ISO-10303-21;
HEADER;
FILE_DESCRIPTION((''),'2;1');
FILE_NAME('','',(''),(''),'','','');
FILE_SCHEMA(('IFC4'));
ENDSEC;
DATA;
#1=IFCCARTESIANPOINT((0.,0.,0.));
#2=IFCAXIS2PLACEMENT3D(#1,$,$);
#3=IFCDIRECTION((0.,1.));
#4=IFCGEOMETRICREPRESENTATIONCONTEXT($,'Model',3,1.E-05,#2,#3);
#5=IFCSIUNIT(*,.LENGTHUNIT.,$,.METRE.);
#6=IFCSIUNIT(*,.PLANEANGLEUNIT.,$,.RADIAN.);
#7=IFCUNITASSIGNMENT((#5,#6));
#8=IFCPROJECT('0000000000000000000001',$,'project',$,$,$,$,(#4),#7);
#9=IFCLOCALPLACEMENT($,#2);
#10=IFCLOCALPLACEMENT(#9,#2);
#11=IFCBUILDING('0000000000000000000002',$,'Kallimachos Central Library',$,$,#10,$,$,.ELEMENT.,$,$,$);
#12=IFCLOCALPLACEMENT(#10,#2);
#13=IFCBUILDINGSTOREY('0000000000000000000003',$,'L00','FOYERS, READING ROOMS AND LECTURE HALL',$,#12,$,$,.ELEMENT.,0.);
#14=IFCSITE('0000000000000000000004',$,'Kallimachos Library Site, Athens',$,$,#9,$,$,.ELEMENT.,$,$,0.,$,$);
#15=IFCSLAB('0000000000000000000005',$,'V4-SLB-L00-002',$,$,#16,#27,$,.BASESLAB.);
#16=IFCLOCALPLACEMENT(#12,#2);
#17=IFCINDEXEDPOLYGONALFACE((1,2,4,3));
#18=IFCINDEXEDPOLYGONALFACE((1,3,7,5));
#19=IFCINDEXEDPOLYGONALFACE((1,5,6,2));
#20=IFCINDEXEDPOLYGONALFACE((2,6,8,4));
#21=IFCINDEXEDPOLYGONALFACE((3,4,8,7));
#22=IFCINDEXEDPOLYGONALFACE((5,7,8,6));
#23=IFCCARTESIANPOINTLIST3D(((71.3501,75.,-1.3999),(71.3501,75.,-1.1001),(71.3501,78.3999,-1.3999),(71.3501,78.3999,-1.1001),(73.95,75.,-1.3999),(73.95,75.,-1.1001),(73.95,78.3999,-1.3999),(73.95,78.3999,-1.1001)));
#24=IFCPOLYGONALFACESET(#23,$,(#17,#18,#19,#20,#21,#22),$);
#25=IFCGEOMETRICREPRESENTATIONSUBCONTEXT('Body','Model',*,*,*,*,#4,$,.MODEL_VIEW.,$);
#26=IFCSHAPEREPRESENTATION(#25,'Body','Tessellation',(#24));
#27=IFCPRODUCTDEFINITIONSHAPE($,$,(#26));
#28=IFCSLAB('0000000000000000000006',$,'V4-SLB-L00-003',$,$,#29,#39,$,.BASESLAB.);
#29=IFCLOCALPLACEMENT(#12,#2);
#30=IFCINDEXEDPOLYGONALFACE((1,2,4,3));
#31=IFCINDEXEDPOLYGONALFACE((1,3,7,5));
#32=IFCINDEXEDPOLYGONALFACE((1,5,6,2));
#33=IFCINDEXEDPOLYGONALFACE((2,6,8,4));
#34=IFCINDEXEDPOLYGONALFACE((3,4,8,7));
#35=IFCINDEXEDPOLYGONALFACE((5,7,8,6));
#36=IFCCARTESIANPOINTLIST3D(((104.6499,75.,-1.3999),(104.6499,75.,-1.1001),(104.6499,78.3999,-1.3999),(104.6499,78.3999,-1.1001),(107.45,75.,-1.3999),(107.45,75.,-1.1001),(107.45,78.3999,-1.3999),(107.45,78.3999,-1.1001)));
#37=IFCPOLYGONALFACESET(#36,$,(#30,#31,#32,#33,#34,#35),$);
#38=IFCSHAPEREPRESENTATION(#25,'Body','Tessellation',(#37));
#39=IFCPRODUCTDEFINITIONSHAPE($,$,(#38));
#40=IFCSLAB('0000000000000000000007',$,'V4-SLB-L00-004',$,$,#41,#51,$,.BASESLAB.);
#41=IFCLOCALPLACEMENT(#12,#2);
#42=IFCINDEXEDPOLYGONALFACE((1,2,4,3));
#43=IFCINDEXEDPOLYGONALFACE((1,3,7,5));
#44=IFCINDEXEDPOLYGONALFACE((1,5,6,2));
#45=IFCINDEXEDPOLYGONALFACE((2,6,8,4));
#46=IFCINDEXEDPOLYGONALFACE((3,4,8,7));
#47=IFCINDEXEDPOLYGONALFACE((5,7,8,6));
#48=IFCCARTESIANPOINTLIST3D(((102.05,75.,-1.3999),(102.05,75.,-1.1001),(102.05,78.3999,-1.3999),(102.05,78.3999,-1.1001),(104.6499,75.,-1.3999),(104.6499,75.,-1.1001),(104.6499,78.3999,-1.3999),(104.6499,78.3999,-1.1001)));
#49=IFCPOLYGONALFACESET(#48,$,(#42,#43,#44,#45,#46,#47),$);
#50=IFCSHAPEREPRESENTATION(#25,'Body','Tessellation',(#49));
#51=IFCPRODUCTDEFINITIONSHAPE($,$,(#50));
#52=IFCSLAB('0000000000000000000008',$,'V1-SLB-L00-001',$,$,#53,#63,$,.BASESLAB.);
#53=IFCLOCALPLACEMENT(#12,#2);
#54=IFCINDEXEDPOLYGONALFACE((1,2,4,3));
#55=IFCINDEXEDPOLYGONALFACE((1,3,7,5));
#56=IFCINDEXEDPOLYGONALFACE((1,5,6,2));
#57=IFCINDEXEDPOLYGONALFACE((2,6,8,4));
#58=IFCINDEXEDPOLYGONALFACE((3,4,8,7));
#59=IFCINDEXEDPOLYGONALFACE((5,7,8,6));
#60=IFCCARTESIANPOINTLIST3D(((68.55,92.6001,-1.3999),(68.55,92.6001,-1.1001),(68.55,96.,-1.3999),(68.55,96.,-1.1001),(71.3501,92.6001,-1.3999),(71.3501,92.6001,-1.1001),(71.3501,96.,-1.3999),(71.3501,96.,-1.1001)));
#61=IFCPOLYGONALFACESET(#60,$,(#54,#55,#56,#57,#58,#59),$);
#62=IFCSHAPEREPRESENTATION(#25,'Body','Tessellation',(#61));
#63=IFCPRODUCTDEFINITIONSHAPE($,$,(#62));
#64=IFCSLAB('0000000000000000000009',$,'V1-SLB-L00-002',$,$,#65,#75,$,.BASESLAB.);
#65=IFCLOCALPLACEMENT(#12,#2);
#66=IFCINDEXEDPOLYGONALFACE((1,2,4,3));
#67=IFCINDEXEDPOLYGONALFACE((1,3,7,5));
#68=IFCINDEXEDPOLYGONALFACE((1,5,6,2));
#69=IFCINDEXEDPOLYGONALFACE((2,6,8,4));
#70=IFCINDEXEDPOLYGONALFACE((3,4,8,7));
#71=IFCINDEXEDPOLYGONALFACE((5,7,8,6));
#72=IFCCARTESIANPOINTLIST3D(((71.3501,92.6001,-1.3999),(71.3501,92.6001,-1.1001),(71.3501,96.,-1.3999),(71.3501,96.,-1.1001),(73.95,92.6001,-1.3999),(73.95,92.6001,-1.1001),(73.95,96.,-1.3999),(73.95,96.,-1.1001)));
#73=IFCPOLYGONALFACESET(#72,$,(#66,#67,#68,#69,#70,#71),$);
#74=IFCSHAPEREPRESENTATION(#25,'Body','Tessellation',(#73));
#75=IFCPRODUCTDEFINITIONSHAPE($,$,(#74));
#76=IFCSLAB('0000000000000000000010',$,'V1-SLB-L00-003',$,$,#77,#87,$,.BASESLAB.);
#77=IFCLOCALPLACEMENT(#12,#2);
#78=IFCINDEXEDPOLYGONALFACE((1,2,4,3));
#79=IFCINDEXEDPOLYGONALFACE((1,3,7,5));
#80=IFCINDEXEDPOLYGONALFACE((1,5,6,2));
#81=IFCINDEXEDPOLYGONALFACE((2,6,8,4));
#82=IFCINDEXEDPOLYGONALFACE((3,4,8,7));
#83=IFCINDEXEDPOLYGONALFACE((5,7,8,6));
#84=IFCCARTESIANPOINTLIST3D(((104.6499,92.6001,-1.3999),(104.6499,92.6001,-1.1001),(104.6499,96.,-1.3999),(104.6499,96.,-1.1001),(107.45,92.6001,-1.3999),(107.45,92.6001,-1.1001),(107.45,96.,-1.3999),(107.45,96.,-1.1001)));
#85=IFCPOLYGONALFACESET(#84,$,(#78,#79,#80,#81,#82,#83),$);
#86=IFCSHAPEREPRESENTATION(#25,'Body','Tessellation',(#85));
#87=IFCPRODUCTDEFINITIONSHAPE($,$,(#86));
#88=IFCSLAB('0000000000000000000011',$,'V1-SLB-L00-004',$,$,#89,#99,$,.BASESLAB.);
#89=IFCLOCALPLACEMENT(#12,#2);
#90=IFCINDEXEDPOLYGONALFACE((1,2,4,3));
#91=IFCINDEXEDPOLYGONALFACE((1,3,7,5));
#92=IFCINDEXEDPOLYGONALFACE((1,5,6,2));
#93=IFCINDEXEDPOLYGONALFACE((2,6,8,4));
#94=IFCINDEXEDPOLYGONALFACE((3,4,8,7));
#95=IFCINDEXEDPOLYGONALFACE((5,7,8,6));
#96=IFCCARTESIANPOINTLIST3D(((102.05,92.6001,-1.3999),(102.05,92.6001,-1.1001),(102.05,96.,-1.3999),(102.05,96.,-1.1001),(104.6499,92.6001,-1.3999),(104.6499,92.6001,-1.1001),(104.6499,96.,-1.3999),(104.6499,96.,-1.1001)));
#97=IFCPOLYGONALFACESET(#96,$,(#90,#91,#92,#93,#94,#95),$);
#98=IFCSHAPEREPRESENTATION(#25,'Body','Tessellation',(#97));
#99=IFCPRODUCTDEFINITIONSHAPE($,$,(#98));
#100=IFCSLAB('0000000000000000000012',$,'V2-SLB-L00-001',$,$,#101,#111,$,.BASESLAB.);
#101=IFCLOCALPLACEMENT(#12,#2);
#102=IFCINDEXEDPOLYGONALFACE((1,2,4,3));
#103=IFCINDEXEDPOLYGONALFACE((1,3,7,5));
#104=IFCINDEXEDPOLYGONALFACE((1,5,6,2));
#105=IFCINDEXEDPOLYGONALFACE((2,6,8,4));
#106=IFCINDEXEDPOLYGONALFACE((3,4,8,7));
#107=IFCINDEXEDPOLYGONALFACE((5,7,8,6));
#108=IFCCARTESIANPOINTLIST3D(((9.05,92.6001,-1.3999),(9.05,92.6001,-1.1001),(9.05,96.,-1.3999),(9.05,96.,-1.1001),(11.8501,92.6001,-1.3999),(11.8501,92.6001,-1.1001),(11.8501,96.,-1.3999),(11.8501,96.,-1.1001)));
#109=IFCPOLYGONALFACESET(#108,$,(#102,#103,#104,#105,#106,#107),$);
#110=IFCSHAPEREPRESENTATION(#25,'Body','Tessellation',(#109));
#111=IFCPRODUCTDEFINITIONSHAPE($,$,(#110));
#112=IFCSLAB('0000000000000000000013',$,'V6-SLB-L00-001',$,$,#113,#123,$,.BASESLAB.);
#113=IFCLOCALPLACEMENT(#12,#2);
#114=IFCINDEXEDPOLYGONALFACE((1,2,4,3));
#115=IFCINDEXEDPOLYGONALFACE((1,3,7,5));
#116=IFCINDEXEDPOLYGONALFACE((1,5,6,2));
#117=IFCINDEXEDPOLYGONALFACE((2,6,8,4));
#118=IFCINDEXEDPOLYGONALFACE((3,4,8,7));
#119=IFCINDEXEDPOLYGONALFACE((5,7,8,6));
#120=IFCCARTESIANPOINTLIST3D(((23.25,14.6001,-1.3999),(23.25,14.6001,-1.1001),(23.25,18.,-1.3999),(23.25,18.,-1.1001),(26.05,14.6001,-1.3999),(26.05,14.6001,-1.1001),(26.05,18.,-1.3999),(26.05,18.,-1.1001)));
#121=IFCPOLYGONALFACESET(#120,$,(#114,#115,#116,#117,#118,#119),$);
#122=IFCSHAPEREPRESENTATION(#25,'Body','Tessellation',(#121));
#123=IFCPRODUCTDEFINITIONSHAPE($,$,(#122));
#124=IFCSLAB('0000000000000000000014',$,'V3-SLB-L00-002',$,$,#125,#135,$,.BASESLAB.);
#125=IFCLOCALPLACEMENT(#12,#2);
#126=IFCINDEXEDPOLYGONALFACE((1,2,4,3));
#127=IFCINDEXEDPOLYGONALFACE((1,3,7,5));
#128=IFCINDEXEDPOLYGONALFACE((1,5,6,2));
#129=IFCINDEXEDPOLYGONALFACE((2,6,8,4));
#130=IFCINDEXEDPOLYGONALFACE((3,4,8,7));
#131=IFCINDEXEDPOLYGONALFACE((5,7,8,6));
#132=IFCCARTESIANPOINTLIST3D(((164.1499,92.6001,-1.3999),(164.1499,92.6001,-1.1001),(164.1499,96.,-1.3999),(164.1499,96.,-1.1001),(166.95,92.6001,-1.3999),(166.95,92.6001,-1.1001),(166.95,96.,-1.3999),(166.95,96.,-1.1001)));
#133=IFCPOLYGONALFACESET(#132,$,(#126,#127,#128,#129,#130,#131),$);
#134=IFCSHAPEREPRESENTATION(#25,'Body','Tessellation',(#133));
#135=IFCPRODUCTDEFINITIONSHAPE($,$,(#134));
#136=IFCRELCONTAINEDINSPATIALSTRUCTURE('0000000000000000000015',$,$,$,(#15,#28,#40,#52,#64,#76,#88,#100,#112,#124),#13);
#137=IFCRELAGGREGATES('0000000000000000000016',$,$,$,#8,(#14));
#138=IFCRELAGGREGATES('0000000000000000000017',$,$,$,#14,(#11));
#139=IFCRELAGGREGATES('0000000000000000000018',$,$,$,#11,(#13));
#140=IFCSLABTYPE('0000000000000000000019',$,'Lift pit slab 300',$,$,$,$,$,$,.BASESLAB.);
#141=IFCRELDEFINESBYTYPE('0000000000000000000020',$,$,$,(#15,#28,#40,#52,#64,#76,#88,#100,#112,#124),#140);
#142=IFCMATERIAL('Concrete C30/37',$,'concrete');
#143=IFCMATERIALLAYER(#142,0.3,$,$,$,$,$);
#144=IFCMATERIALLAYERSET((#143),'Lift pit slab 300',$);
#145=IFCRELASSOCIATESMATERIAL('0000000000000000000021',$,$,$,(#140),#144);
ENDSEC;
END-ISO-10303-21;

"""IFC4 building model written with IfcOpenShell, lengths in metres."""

from ifc_helpers import new_model, si_unit, direction, frame, origin, place, context, subcontext, project, spatial, polyline, outline, extrude, material, layer, layer_set, type_object, element, save


model = new_model("IFC4")

# Units and contexts
model_context = context("Model", 3, precision=1e-05, world=origin(), true_north=direction((0.0, 1.0)))
body_context = subcontext(model_context, "Body", "Model", "MODEL_VIEW")
ifc_project = project(units=[si_unit("LENGTHUNIT", "METRE"), si_unit("PLANEANGLEUNIT", "RADIAN")], contexts=[model_context])

# Site, building, storey
site_placement = place(None, origin())
site = spatial("IfcSite", under=ifc_project, at=site_placement, Name="Kallimachos Library Site, Athens", CompositionType="ELEMENT", RefElevation=0.0)
building_placement = place(site_placement, origin())
building = spatial("IfcBuilding", under=site, at=building_placement, Name="Kallimachos Central Library", CompositionType="ELEMENT")
storey_placement = place(building_placement, origin())
storey = spatial("IfcBuildingStorey", under=building, at=storey_placement, Name="L00", Description="FOYERS, READING ROOMS AND LECTURE HALL", CompositionType="ELEMENT", Elevation=0.0)

# Slabs
ifc_material_1 = material(Name="Concrete C30/37", Category="concrete")
ifc_layer_1 = layer(ifc_material_1, 0.3)
ifc_layer_set_1 = layer_set([ifc_layer_1], Name="Lift pit slab 300")
slab_type_1 = type_object("IfcSlabType", Name="Lift pit slab 300", PredefinedType="BASESLAB", material=ifc_layer_set_1)
slab_1_placement = place(storey_placement, frame((0.0, 0.0, -1.3999)))
element("IfcSlab", 1, at=slab_1_placement, inside=storey, type_object=slab_type_1, Name="V4-SLB-L00-002", PredefinedType="BASESLAB", context=body_context, shape_type="SweptSolid", body=[
    extrude(outline(polyline([(73.95, 78.3999), (73.95, 75.0), (71.3501, 75.0), (71.3501, 78.3999), (73.95, 78.3999)])), origin(), (0.0, 0.0, 1.0), 0.2998),
])
slab_2_placement = place(storey_placement, frame((0.0, 0.0, -1.3999)))
element("IfcSlab", 2, at=slab_2_placement, inside=storey, type_object=slab_type_1, Name="V4-SLB-L00-003", PredefinedType="BASESLAB", context=body_context, shape_type="SweptSolid", body=[
    extrude(outline(polyline([(104.6499, 75.0), (107.45, 75.0), (107.45, 78.3999), (104.6499, 78.3999), (104.6499, 75.0)])), origin(), (0.0, 0.0, 1.0), 0.2998),
])
slab_3_placement = place(storey_placement, frame((0.0, 0.0, -1.3999)))
element("IfcSlab", 3, at=slab_3_placement, inside=storey, type_object=slab_type_1, Name="V4-SLB-L00-004", PredefinedType="BASESLAB", context=body_context, shape_type="SweptSolid", body=[
    extrude(outline(polyline([(102.05, 75.0), (102.05, 78.3999), (104.6499, 78.3999), (104.6499, 75.0), (102.05, 75.0)])), origin(), (0.0, 0.0, 1.0), 0.2998),
])
slab_4_placement = place(storey_placement, frame((0.0, 0.0, -1.3999)))
element("IfcSlab", 4, at=slab_4_placement, inside=storey, type_object=slab_type_1, Name="V1-SLB-L00-001", PredefinedType="BASESLAB", context=body_context, shape_type="SweptSolid", body=[
    extrude(outline(polyline([(68.55, 92.6001), (71.3501, 92.6001), (71.3501, 96.0), (68.55, 96.0), (68.55, 92.6001)])), origin(), (0.0, 0.0, 1.0), 0.2998),
])
slab_5_placement = place(storey_placement, frame((0.0, 0.0, -1.3999)))
element("IfcSlab", 5, at=slab_5_placement, inside=storey, type_object=slab_type_1, Name="V1-SLB-L00-002", PredefinedType="BASESLAB", context=body_context, shape_type="SweptSolid", body=[
    extrude(outline(polyline([(73.95, 96.0), (73.95, 92.6001), (71.3501, 92.6001), (71.3501, 96.0), (73.95, 96.0)])), origin(), (0.0, 0.0, 1.0), 0.2998),
])
slab_6_placement = place(storey_placement, frame((0.0, 0.0, -1.3999)))
element("IfcSlab", 6, at=slab_6_placement, inside=storey, type_object=slab_type_1, Name="V1-SLB-L00-003", PredefinedType="BASESLAB", context=body_context, shape_type="SweptSolid", body=[
    extrude(outline(polyline([(104.6499, 92.6001), (107.45, 92.6001), (107.45, 96.0), (104.6499, 96.0), (104.6499, 92.6001)])), origin(), (0.0, 0.0, 1.0), 0.2998),
])
slab_7_placement = place(storey_placement, frame((0.0, 0.0, -1.3999)))
element("IfcSlab", 7, at=slab_7_placement, inside=storey, type_object=slab_type_1, Name="V1-SLB-L00-004", PredefinedType="BASESLAB", context=body_context, shape_type="SweptSolid", body=[
    extrude(outline(polyline([(102.05, 92.6001), (102.05, 96.0), (104.6499, 96.0), (104.6499, 92.6001), (102.05, 92.6001)])), origin(), (0.0, 0.0, 1.0), 0.2998),
])
slab_8_placement = place(storey_placement, frame((0.0, 0.0, -1.3999)))
element("IfcSlab", 8, at=slab_8_placement, inside=storey, type_object=slab_type_1, Name="V2-SLB-L00-001", PredefinedType="BASESLAB", context=body_context, shape_type="SweptSolid", body=[
    extrude(outline(polyline([(9.05, 92.6001), (11.8501, 92.6001), (11.8501, 96.0), (9.05, 96.0), (9.05, 92.6001)])), origin(), (0.0, 0.0, 1.0), 0.2998),
])
slab_9_placement = place(storey_placement, frame((0.0, 0.0, -1.3999)))
element("IfcSlab", 9, at=slab_9_placement, inside=storey, type_object=slab_type_1, Name="V6-SLB-L00-001", PredefinedType="BASESLAB", context=body_context, shape_type="SweptSolid", body=[
    extrude(outline(polyline([(23.25, 14.6001), (26.05, 14.6001), (26.05, 18.0), (23.25, 18.0), (23.25, 14.6001)])), origin(), (0.0, 0.0, 1.0), 0.2998),
])
slab_10_placement = place(storey_placement, frame((0.0, 0.0, -1.3999)))
element("IfcSlab", 10, at=slab_10_placement, inside=storey, type_object=slab_type_1, Name="V3-SLB-L00-002", PredefinedType="BASESLAB", context=body_context, shape_type="SweptSolid", body=[
    extrude(outline(polyline([(164.1499, 92.6001), (166.95, 92.6001), (166.95, 96.0), (164.1499, 96.0), (164.1499, 92.6001)])), origin(), (0.0, 0.0, 1.0), 0.2998),
])

save(model, "model.ifc")
